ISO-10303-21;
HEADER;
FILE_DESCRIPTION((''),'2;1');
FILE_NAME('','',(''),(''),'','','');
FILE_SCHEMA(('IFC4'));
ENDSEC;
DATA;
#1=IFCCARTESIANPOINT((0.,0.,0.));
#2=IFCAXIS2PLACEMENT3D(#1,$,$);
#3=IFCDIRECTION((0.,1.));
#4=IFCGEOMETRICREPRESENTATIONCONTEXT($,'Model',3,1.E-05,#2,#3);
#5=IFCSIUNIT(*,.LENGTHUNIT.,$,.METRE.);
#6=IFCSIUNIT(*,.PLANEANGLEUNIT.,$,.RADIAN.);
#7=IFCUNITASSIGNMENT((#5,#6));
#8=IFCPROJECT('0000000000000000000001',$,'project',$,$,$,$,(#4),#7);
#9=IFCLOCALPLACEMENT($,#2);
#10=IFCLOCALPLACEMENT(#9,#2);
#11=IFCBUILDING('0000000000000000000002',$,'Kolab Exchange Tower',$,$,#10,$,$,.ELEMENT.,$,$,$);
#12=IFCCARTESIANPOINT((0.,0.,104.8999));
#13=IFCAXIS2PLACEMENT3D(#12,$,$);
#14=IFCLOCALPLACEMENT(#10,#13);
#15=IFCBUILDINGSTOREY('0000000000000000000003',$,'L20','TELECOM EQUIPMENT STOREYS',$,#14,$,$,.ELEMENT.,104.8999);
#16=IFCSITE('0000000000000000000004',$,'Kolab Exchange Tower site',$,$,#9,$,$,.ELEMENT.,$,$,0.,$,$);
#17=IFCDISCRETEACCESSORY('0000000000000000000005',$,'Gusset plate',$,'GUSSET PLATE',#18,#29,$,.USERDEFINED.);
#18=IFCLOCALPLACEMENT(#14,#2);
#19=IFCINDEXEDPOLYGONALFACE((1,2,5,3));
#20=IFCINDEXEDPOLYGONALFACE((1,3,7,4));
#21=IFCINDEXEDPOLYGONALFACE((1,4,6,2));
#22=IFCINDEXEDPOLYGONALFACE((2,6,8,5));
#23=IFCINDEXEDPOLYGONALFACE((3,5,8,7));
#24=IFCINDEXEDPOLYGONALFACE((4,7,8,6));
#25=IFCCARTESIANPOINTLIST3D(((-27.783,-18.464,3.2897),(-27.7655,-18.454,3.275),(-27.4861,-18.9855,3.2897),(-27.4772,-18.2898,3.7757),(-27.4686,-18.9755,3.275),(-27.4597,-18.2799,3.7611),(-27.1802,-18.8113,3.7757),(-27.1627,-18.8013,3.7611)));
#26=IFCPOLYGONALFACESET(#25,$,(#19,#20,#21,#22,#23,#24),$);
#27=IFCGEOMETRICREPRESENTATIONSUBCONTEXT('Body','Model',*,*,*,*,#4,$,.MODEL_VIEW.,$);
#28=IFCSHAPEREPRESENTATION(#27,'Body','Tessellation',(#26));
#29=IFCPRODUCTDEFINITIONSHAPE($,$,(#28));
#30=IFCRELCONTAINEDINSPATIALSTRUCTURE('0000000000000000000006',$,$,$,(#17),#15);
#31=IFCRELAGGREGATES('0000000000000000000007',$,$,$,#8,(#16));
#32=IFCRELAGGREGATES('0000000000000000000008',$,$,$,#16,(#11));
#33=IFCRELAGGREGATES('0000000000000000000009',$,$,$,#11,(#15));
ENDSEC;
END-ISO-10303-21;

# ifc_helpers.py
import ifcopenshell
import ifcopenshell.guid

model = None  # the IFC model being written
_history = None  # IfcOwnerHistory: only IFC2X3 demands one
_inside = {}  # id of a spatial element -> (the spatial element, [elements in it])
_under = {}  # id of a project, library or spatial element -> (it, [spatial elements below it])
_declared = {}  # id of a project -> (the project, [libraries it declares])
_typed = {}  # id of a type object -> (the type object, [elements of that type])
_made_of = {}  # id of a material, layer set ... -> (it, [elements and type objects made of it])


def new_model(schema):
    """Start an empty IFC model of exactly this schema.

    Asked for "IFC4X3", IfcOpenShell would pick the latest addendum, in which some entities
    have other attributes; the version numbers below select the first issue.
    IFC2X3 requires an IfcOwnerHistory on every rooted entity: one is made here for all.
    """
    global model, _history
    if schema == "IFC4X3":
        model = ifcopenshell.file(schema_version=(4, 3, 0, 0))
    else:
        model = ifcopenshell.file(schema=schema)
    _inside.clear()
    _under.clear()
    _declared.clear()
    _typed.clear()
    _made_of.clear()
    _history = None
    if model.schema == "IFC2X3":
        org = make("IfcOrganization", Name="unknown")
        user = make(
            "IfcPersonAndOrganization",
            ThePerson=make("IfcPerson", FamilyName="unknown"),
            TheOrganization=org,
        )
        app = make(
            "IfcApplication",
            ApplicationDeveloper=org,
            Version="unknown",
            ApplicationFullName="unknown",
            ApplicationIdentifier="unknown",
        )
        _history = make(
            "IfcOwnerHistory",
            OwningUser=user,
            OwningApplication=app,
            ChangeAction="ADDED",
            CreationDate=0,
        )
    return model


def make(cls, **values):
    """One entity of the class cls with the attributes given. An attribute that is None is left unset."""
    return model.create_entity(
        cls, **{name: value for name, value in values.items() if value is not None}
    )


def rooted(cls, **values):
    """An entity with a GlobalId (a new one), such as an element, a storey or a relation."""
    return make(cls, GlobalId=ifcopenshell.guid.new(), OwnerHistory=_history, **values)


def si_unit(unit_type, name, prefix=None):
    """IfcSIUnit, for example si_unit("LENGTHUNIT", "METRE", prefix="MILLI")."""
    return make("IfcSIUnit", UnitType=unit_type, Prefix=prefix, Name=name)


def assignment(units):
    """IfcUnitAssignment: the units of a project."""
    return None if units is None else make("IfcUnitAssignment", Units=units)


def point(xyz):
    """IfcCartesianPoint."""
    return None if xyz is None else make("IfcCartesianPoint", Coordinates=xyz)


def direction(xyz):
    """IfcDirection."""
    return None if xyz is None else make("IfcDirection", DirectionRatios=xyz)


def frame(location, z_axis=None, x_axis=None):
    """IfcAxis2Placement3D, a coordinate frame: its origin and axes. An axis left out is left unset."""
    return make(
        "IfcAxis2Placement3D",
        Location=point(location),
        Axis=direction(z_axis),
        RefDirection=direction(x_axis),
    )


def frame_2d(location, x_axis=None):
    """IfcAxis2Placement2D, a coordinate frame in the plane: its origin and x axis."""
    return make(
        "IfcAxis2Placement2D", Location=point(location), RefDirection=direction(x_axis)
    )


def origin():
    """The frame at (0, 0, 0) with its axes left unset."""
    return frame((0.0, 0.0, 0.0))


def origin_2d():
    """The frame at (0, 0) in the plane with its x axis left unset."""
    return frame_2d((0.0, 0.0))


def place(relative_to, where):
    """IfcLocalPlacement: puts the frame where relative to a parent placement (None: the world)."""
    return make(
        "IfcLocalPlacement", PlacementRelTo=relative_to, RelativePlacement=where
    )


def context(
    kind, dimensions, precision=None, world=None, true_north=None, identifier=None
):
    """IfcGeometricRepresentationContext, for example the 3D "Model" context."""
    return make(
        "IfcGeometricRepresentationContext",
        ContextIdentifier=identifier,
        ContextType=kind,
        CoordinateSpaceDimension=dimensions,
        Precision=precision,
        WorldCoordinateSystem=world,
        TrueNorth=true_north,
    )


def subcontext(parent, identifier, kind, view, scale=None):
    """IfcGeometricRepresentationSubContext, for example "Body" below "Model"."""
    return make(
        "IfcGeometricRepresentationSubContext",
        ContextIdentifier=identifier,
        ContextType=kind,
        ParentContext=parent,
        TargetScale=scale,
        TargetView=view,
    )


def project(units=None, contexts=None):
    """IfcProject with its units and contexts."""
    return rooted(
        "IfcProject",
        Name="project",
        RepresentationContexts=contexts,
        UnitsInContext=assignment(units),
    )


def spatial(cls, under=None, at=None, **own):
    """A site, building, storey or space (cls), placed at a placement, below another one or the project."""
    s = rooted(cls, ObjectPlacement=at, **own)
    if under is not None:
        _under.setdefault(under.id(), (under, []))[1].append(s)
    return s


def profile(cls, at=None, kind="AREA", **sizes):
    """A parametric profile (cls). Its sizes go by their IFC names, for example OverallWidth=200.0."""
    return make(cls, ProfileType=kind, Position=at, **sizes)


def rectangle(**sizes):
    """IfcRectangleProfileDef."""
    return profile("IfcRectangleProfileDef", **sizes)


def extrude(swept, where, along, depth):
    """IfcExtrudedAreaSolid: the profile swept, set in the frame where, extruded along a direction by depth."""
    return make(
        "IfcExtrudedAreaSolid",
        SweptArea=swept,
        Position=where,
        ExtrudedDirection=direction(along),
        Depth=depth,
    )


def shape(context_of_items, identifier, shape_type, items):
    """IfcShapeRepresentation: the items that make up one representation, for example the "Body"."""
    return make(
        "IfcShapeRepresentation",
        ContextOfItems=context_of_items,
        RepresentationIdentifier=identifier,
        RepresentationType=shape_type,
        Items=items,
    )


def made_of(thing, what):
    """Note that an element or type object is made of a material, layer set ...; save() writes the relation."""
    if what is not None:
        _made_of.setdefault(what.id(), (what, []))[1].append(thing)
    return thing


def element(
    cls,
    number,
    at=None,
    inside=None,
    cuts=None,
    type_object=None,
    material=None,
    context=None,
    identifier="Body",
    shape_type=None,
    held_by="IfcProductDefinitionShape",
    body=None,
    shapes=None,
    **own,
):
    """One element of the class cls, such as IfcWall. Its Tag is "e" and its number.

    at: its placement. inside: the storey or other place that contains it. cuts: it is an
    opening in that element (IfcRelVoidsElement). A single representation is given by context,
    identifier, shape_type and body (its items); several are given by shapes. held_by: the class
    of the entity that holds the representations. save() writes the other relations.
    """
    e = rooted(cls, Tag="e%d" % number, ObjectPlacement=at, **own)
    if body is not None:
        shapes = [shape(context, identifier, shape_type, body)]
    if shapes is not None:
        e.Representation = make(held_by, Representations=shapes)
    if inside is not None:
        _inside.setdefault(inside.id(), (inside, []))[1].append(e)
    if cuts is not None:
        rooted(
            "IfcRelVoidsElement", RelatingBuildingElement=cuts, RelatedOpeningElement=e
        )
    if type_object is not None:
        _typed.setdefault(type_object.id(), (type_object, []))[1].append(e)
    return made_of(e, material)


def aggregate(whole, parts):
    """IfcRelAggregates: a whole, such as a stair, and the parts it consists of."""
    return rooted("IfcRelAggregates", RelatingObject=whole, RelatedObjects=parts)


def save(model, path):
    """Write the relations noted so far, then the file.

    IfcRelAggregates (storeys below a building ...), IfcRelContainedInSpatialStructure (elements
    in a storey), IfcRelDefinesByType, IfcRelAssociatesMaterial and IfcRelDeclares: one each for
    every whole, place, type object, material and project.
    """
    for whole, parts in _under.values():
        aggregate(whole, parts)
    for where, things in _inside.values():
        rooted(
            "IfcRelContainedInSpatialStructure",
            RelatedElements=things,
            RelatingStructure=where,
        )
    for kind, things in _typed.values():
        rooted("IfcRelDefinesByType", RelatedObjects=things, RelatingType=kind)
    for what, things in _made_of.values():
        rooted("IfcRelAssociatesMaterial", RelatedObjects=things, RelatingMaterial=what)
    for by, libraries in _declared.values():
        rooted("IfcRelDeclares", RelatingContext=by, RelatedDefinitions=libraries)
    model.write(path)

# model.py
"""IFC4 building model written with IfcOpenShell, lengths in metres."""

from ifc_helpers import new_model, si_unit, direction, frame, origin, origin_2d, place, context, subcontext, project, spatial, rectangle, extrude, element, save


model = new_model("IFC4")

# Units and contexts
model_context = context("Model", 3, precision=1e-05, world=origin(), true_north=direction((0.0, 1.0)))
body_context = subcontext(model_context, "Body", "Model", "MODEL_VIEW")
ifc_project = project(units=[si_unit("LENGTHUNIT", "METRE"), si_unit("PLANEANGLEUNIT", "RADIAN")], contexts=[model_context])

# Site, building, storey
site_placement = place(None, origin())
site = spatial("IfcSite", under=ifc_project, at=site_placement, Name="Kolab Exchange Tower site", CompositionType="ELEMENT", RefElevation=0.0)
building_placement = place(site_placement, origin())
building = spatial("IfcBuilding", under=site, at=building_placement, Name="Kolab Exchange Tower", CompositionType="ELEMENT")
storey_placement = place(building_placement, frame((0.0, 0.0, 104.8999)))
storey = spatial("IfcBuildingStorey", under=building, at=storey_placement, Name="L20", Description="TELECOM EQUIPMENT STOREYS", CompositionType="ELEMENT", Elevation=104.8999)

# Discrete accessory
discrete_accessory_1_placement = place(storey_placement, frame((-27.4641, -18.6277, 3.5181), z_axis=(-0.703822, -0.400788, 0.586518), x_axis=(0.494839, -0.868985, 0.0)))
element("IfcDiscreteAccessory", 1, at=discrete_accessory_1_placement, inside=storey, Name="Gusset plate", ObjectType="GUSSET PLATE", PredefinedType="USERDEFINED", context=body_context, shape_type="SweptSolid", body=[
    extrude(rectangle(XDim=0.6001, YDim=0.6001, at=origin_2d()), origin(), (0.0, 0.0, 1.0), 0.0249),
])

save(model, "model.ifc")
